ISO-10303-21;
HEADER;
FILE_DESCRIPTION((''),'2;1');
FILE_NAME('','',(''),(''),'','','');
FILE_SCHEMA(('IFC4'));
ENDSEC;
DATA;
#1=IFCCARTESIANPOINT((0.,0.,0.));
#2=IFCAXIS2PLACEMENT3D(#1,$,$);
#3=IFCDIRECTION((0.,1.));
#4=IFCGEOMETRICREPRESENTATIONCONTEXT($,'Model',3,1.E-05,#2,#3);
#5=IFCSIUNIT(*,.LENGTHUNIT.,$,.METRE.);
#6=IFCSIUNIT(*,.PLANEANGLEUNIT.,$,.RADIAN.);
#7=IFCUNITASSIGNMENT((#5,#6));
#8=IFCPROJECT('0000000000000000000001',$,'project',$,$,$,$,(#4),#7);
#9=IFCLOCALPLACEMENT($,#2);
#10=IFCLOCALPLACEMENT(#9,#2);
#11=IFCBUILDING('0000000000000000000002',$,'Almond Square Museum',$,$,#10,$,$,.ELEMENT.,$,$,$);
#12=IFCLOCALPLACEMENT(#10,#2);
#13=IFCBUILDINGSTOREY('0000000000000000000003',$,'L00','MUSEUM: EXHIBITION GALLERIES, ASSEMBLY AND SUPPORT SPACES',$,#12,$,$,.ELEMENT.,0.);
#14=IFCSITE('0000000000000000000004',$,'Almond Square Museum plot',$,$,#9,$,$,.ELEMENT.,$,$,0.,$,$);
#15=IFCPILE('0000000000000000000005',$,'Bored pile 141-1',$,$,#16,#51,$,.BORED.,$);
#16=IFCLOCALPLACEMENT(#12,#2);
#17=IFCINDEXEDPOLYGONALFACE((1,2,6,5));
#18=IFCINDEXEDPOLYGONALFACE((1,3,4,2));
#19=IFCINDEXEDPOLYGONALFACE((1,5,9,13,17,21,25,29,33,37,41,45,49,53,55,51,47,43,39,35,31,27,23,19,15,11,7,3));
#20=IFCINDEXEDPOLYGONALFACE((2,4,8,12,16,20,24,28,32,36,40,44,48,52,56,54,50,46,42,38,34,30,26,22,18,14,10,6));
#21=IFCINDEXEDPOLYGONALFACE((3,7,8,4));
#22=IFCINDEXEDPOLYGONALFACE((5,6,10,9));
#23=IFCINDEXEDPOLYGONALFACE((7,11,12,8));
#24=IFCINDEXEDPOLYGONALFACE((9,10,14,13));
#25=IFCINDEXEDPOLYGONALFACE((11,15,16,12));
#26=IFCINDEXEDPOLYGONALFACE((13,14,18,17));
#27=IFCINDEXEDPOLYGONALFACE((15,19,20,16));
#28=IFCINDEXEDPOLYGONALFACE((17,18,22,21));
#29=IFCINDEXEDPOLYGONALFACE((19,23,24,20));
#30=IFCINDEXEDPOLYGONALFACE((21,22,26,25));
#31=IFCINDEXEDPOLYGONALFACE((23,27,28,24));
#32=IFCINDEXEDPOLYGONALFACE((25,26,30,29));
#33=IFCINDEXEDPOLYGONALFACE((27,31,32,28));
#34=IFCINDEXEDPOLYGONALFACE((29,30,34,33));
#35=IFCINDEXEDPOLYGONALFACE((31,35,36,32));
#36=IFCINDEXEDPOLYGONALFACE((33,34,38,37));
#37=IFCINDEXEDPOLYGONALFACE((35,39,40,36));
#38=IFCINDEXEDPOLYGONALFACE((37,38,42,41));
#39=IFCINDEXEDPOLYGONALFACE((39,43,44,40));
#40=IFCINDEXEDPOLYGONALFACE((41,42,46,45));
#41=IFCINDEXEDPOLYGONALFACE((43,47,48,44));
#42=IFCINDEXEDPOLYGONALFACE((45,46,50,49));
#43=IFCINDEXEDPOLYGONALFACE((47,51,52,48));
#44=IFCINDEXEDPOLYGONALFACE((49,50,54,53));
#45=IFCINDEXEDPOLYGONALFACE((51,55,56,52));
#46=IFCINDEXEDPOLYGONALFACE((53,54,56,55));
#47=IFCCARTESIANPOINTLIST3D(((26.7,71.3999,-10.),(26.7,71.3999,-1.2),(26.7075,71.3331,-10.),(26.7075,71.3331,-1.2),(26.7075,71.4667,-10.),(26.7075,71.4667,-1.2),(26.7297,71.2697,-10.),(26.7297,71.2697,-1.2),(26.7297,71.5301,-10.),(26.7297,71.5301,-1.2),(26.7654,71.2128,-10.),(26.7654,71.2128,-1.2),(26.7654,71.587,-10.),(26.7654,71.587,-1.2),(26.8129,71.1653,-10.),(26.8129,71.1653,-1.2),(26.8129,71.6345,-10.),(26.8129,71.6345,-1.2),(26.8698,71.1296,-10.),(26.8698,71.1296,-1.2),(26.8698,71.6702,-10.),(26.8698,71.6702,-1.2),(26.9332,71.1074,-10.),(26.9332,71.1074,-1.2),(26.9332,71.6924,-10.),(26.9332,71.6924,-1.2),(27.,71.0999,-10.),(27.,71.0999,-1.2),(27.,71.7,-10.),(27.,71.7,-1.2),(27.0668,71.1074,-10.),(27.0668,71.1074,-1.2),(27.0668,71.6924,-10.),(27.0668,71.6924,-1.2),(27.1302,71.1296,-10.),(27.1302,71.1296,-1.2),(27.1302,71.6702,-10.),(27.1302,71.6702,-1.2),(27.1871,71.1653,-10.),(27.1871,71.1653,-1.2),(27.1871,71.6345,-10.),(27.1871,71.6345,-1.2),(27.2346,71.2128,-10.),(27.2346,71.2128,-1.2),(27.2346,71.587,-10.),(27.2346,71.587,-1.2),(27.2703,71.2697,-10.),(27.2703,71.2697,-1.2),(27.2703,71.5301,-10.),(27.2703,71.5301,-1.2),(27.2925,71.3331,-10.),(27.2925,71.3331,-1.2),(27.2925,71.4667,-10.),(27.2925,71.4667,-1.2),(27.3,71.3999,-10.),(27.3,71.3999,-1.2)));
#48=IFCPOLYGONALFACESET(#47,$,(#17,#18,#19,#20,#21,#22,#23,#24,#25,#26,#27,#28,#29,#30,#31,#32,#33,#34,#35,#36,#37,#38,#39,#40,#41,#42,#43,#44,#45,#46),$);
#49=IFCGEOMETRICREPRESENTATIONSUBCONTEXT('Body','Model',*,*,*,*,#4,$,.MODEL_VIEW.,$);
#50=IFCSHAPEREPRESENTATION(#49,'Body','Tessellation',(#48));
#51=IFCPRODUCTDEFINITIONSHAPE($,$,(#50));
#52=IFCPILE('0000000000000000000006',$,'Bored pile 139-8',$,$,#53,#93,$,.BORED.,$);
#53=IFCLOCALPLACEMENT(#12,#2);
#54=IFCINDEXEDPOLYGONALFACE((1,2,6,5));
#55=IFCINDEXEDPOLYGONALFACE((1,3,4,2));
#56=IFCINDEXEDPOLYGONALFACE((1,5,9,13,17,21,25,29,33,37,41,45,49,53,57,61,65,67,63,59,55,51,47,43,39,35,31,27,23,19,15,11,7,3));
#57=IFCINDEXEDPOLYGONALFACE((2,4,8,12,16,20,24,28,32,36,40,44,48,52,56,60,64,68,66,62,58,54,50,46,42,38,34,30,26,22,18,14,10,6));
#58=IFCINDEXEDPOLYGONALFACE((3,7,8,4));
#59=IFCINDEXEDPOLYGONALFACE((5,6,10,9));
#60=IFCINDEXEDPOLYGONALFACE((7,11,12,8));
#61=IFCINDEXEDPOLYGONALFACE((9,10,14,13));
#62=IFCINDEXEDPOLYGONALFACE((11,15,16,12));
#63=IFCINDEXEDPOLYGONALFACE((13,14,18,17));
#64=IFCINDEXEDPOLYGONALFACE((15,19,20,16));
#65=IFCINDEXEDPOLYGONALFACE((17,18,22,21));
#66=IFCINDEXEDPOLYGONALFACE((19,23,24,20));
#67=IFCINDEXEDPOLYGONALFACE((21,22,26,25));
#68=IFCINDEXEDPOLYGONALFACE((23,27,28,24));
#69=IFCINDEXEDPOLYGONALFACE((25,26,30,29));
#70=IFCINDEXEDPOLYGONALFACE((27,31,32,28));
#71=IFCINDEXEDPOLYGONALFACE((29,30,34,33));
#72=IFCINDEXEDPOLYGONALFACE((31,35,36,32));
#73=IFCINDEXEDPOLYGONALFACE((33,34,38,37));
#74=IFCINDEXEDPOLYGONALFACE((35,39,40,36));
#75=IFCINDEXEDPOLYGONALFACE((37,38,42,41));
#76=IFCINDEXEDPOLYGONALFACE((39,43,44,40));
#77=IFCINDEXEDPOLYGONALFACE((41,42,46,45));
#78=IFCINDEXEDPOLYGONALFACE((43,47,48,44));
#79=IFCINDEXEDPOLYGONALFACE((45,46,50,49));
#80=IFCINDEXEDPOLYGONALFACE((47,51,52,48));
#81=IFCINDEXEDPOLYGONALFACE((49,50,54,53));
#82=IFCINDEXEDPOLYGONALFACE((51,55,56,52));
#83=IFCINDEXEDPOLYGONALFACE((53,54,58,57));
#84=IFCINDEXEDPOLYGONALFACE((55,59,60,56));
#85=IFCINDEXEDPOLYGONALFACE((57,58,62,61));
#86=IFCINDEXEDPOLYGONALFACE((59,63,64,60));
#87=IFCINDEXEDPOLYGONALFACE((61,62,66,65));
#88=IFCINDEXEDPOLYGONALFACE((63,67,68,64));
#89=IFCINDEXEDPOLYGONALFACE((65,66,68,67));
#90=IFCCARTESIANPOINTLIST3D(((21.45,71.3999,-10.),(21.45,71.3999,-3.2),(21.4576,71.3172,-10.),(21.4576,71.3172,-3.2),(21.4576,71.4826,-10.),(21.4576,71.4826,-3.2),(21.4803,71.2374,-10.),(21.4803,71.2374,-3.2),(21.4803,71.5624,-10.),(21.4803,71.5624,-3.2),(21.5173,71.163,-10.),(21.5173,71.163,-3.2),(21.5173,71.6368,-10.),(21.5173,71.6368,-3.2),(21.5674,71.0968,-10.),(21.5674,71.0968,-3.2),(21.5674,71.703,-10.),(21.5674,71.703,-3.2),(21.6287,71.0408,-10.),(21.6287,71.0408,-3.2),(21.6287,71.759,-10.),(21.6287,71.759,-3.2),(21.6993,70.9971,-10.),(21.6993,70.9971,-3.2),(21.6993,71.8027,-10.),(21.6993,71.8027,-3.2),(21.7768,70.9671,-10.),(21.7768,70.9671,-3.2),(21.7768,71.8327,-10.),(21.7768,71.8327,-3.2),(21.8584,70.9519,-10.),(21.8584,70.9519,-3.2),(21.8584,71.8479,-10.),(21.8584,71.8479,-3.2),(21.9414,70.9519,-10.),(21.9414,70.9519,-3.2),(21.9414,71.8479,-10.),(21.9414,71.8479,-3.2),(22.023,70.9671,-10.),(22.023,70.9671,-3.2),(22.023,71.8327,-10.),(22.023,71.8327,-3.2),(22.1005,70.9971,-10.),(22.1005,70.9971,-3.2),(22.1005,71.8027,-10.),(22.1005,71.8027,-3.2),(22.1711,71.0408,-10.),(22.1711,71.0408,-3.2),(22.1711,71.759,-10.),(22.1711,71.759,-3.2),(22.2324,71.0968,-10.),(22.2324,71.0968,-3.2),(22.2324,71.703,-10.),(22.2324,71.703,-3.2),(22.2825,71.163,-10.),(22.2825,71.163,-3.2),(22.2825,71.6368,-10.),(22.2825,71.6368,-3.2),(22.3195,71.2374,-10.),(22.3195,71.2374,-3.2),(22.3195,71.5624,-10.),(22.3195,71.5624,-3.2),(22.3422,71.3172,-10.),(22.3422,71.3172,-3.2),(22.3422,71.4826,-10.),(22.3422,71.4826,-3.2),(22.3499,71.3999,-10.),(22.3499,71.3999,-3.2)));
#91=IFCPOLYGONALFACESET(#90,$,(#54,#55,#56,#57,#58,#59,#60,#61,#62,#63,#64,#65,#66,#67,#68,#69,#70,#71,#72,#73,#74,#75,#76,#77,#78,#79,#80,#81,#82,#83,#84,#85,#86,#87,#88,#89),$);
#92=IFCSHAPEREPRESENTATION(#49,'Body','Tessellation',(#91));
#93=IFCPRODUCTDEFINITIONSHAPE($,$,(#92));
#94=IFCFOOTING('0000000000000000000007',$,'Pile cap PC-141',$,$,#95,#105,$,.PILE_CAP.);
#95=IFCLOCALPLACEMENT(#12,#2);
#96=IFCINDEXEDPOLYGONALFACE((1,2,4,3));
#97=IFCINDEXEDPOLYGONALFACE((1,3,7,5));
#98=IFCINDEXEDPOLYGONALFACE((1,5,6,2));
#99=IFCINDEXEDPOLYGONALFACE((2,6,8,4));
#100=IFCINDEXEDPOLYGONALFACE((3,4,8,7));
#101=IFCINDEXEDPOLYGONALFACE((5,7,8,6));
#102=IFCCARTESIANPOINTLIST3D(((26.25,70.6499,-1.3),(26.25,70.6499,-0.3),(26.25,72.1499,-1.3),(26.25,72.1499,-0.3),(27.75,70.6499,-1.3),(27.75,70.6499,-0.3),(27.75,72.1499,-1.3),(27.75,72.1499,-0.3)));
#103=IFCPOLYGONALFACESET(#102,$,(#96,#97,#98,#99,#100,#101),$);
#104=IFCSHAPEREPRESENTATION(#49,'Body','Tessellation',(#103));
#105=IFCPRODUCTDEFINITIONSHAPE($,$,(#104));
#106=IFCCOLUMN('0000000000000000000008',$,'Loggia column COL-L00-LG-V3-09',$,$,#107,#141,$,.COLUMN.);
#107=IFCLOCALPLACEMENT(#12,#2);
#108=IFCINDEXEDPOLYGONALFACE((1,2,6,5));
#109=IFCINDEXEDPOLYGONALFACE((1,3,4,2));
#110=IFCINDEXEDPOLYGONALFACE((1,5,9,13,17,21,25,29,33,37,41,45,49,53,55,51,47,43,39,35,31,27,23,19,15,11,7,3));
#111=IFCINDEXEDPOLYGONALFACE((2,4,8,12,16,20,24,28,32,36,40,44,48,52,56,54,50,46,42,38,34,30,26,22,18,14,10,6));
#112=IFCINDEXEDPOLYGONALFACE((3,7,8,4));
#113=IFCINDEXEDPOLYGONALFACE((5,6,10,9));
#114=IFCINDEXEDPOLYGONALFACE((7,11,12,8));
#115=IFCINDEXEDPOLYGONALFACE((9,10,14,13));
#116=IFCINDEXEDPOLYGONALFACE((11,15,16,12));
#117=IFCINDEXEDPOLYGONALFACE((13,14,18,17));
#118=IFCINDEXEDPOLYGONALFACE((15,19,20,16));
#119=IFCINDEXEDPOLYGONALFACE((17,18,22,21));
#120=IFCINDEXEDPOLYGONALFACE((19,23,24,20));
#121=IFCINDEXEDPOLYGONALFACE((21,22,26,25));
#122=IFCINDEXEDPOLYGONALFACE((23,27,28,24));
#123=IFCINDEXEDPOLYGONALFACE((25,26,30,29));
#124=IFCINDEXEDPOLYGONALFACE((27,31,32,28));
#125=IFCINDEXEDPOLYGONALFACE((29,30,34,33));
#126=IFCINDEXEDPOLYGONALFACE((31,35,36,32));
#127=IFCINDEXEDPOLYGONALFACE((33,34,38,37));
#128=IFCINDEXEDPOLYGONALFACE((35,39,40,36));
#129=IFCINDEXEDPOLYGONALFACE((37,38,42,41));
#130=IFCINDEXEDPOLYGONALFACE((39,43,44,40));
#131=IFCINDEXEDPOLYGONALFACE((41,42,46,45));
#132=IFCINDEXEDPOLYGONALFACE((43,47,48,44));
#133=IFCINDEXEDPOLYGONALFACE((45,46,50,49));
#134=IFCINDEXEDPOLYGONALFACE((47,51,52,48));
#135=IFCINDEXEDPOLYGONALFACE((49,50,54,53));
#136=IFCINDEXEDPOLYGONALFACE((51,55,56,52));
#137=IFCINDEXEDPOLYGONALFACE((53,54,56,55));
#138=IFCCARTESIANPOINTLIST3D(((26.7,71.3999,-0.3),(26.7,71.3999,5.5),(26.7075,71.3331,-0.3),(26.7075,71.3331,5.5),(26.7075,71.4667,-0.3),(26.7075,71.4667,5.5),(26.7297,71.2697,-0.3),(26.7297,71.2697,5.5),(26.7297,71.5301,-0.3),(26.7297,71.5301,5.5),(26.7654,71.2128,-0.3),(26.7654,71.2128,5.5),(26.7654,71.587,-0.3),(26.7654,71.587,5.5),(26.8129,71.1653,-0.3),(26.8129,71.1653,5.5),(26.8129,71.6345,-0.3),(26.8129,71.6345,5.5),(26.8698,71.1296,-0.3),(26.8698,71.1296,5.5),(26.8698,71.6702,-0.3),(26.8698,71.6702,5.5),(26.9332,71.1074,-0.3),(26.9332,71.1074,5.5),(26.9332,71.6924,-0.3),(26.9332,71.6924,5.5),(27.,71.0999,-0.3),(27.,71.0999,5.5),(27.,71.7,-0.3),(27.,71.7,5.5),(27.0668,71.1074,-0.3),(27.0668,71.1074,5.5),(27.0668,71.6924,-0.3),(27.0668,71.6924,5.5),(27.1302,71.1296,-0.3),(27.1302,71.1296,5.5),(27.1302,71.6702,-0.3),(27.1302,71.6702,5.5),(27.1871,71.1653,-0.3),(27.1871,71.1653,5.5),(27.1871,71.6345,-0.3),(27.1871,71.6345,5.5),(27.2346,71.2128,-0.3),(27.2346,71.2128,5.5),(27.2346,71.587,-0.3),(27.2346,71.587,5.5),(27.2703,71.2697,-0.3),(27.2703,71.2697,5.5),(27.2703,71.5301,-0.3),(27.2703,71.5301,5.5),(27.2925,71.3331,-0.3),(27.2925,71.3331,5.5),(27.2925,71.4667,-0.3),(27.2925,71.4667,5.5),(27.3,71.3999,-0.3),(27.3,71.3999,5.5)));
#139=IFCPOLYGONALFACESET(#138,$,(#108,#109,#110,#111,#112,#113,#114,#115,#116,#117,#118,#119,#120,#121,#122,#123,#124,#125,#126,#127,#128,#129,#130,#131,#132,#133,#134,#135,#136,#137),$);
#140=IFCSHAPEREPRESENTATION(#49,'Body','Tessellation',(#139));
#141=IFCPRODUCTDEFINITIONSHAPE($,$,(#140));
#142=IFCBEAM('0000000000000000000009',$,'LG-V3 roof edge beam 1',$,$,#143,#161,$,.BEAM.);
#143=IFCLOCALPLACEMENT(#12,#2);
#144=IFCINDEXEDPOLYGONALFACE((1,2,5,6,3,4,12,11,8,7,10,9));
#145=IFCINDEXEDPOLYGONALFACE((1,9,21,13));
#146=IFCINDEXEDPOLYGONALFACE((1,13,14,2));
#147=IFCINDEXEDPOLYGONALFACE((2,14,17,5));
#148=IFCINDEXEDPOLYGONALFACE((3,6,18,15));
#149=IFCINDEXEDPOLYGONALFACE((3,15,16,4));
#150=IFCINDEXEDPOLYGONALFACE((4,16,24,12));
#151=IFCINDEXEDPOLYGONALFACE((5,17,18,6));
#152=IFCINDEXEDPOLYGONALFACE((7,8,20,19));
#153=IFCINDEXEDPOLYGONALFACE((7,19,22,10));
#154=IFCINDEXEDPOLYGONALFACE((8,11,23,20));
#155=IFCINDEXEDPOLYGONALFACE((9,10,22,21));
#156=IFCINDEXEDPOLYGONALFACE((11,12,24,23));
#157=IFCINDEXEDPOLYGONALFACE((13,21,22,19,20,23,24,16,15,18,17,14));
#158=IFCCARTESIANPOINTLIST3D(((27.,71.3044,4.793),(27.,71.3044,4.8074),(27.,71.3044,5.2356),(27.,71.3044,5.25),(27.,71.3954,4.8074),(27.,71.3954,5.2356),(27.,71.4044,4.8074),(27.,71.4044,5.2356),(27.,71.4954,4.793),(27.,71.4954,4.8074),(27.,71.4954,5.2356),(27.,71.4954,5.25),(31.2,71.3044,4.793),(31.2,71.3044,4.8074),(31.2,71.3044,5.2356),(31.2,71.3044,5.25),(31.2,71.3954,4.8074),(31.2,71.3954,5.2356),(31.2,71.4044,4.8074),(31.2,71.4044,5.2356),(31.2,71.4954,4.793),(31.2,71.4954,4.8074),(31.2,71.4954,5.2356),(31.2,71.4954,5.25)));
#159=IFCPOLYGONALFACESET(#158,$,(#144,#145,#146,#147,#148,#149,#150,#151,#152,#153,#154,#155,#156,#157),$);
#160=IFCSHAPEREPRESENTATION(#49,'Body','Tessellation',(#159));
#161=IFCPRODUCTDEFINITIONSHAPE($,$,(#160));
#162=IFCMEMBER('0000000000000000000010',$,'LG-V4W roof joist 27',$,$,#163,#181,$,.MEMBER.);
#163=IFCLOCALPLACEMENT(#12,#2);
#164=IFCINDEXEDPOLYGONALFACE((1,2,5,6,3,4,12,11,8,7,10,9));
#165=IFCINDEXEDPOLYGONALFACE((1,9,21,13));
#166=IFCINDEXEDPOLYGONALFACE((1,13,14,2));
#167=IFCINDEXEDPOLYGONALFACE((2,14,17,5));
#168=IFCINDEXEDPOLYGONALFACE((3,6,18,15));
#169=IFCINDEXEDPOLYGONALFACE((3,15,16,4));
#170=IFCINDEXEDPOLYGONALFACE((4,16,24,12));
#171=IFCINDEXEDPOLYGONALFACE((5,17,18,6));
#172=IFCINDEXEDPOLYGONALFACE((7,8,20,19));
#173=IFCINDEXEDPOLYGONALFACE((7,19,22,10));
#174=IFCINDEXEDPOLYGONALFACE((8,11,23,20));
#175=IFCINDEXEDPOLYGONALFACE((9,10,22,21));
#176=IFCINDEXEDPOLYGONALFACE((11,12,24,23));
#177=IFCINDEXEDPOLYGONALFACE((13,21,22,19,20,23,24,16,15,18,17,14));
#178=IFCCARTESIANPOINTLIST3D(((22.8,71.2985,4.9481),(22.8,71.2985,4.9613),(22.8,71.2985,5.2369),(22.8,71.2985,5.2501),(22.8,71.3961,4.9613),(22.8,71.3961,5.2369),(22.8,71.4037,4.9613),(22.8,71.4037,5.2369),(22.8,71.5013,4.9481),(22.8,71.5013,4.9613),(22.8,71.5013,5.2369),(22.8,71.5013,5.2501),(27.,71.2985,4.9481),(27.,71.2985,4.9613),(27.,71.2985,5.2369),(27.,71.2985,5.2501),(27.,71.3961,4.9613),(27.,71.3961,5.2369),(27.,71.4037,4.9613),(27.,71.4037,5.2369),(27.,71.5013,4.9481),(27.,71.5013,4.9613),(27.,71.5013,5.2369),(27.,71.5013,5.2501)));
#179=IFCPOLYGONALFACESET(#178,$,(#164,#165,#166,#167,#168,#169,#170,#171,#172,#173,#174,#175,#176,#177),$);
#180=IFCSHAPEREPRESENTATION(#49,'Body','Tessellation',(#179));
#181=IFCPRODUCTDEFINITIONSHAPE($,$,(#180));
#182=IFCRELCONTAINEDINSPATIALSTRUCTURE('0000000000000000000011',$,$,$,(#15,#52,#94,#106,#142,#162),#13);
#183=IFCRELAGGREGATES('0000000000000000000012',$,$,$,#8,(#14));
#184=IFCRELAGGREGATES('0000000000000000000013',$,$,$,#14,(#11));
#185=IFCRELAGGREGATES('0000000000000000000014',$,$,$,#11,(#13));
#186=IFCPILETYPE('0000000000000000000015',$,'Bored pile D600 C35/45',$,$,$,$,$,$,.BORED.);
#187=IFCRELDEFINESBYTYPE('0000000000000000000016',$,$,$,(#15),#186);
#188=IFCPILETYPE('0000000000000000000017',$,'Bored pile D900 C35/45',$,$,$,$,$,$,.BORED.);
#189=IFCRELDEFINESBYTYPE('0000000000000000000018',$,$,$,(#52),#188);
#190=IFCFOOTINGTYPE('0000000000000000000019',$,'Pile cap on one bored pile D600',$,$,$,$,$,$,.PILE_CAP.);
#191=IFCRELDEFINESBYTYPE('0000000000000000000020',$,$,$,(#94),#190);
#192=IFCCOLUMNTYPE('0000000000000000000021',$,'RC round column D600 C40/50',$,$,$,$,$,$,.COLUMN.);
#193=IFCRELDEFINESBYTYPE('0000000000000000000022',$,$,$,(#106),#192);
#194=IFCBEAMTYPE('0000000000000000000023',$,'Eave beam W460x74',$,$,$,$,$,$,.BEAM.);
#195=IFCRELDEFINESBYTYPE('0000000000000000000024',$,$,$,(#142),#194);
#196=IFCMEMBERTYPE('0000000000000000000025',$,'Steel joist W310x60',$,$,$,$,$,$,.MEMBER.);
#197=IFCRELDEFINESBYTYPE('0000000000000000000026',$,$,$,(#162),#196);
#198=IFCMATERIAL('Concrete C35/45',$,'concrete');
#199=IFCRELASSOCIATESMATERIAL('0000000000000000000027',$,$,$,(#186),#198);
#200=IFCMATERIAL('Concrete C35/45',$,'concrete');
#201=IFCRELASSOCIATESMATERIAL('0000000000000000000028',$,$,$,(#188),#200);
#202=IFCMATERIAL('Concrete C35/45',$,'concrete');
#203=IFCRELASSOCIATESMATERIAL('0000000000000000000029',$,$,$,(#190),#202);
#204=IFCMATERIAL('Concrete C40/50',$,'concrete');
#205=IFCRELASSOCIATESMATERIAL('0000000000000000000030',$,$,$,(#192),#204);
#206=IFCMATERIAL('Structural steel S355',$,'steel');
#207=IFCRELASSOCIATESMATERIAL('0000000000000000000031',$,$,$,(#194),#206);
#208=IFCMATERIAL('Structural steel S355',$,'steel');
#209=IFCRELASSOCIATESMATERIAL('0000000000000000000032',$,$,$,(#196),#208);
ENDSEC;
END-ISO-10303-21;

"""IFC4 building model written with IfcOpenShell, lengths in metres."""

from ifc_helpers import new_model, si_unit, direction, frame, origin, origin_2d, place, context, subcontext, project, spatial, rectangle, circle, i_section, extrude, material, material_profile, profile_set, type_object, element, save


model = new_model("IFC4")

# Units and contexts
model_context = context("Model", 3, precision=1e-05, world=origin(), true_north=direction((0.0, 1.0)))
body_context = subcontext(model_context, "Body", "Model", "MODEL_VIEW")
ifc_project = project(units=[si_unit("LENGTHUNIT", "METRE"), si_unit("PLANEANGLEUNIT", "RADIAN")], contexts=[model_context])

# Site, building, storey
site_placement = place(None, origin())
site = spatial("IfcSite", under=ifc_project, at=site_placement, Name="Almond Square Museum plot", CompositionType="ELEMENT", RefElevation=0.0)
building_placement = place(site_placement, origin())
building = spatial("IfcBuilding", under=site, at=building_placement, Name="Almond Square Museum", CompositionType="ELEMENT")
storey_placement = place(building_placement, origin())
storey = spatial("IfcBuildingStorey", under=building, at=storey_placement, Name="L00", Description="MUSEUM: EXHIBITION GALLERIES, ASSEMBLY AND SUPPORT SPACES", CompositionType="ELEMENT", Elevation=0.0)

# Piles
ifc_material_1 = material(Name="Concrete C35/45", Category="concrete")
ifc_material_profile_1 = material_profile(ifc_material_1, circle(Radius=0.3, at=origin_2d()))
ifc_profile_set_1 = profile_set([ifc_material_profile_1], Name="Concrete C35/45")
pile_type_1 = type_object("IfcPileType", Name="Bored pile D600 C35/45", PredefinedType="BORED", material=ifc_profile_set_1)
pile_1_placement = place(storey_placement, frame((27.0, 71.3999, -1.2), z_axis=(0.0, 0.0, -1.0), x_axis=(1.0, 0.0, 0.0)))
element("IfcPile", 1, at=pile_1_placement, inside=storey, type_object=pile_type_1, Name="Bored pile 141-1", PredefinedType="BORED", context=body_context, shape_type="SweptSolid", body=[
    extrude(circle(Radius=0.3, at=origin_2d()), origin(), (0.0, 0.0, 1.0), 8.8),
])
ifc_material_2 = material(Name="Concrete C35/45", Category="concrete")
ifc_material_profile_2 = material_profile(ifc_material_2, circle(Radius=0.45, at=origin_2d()))
ifc_profile_set_2 = profile_set([ifc_material_profile_2], Name="Concrete C35/45")
pile_type_2 = type_object("IfcPileType", Name="Bored pile D900 C35/45", PredefinedType="BORED", material=ifc_profile_set_2)
pile_2_placement = place(storey_placement, frame((21.8999, 71.3999, -3.2), z_axis=(0.0, 0.0, -1.0), x_axis=(1.0, 0.0, 0.0)))
element("IfcPile", 2, at=pile_2_placement, inside=storey, type_object=pile_type_2, Name="Bored pile 139-8", PredefinedType="BORED", context=body_context, shape_type="SweptSolid", body=[
    extrude(circle(Radius=0.45, at=origin_2d()), origin(), (0.0, 0.0, 1.0), 6.8),
])

# Footing
ifc_material_3 = material(Name="Concrete C35/45", Category="concrete")
footing_type = type_object("IfcFootingType", Name="Pile cap on one bored pile D600", PredefinedType="PILE_CAP", material=ifc_material_3)
footing_placement = place(storey_placement, frame((27.0, 71.3999, -1.3), z_axis=(0.0, 0.0, 1.0), x_axis=(1.0, 0.0, 0.0)))
element("IfcFooting", 3, at=footing_placement, inside=storey, type_object=footing_type, Name="Pile cap PC-141", PredefinedType="PILE_CAP", context=body_context, shape_type="SweptSolid", body=[
    extrude(rectangle(XDim=1.5, YDim=1.5, at=origin_2d()), origin(), (0.0, 0.0, 1.0), 1.0),
])

# Column
ifc_material_4 = material(Name="Concrete C40/50", Category="concrete")
ifc_material_profile_3 = material_profile(ifc_material_4, circle(Radius=0.3, at=origin_2d()))
ifc_profile_set_3 = profile_set([ifc_material_profile_3], Name="Concrete C40/50")
column_type = type_object("IfcColumnType", Name="RC round column D600 C40/50", PredefinedType="COLUMN", material=ifc_profile_set_3)
column_placement = place(storey_placement, frame((27.0, 71.3999, -0.3), z_axis=(0.0, 0.0, 1.0), x_axis=(1.0, 0.0, 0.0)))
element("IfcColumn", 4, at=column_placement, inside=storey, type_object=column_type, Name="Loggia column COL-L00-LG-V3-09", PredefinedType="COLUMN", context=body_context, shape_type="SweptSolid", body=[
    extrude(circle(Radius=0.3, at=origin_2d()), origin(), (0.0, 0.0, 1.0), 5.8),
])

# Beam
ifc_material_5 = material(Name="Structural steel S355", Category="steel")
ifc_material_profile_4 = material_profile(ifc_material_5, i_section(OverallWidth=0.1909, OverallDepth=0.457, WebThickness=0.009, FlangeThickness=0.0144, at=origin_2d()))
ifc_profile_set_4 = profile_set([ifc_material_profile_4], Name="Structural steel S355")
beam_type = type_object("IfcBeamType", Name="Eave beam W460x74", PredefinedType="BEAM", material=ifc_profile_set_4)
beam_placement = place(storey_placement, frame((27.0, 71.3999, 5.0215), z_axis=(1.0, 0.0, 0.0), x_axis=(0.0, 1.0, 0.0)))
element("IfcBeam", 5, at=beam_placement, inside=storey, type_object=beam_type, Name="LG-V3 roof edge beam 1", PredefinedType="BEAM", context=body_context, shape_type="SweptSolid", body=[
    extrude(i_section(OverallWidth=0.1909, OverallDepth=0.457, WebThickness=0.009, FlangeThickness=0.0144, at=origin_2d()), origin(), (0.0, 0.0, 1.0), 4.2),
])

# Member
ifc_material_6 = material(Name="Structural steel S355", Category="steel")
ifc_material_profile_5 = material_profile(ifc_material_6, i_section(OverallWidth=0.2029, OverallDepth=0.302, WebThickness=0.0076, FlangeThickness=0.0132, at=origin_2d()))
ifc_profile_set_5 = profile_set([ifc_material_profile_5], Name="Structural steel S355")
member_type = type_object("IfcMemberType", Name="Steel joist W310x60", PredefinedType="MEMBER", material=ifc_profile_set_5)
member_placement = place(storey_placement, frame((22.8, 71.3999, 5.0991), z_axis=(1.0, 0.0, 0.0), x_axis=(0.0, 1.0, 0.0)))
element("IfcMember", 6, at=member_placement, inside=storey, type_object=member_type, Name="LG-V4W roof joist 27", PredefinedType="MEMBER", context=body_context, shape_type="SweptSolid", body=[
    extrude(i_section(OverallWidth=0.2029, OverallDepth=0.302, WebThickness=0.0076, FlangeThickness=0.0132, at=origin_2d()), origin(), (0.0, 0.0, 1.0), 4.2),
])

save(model, "model.ifc")
